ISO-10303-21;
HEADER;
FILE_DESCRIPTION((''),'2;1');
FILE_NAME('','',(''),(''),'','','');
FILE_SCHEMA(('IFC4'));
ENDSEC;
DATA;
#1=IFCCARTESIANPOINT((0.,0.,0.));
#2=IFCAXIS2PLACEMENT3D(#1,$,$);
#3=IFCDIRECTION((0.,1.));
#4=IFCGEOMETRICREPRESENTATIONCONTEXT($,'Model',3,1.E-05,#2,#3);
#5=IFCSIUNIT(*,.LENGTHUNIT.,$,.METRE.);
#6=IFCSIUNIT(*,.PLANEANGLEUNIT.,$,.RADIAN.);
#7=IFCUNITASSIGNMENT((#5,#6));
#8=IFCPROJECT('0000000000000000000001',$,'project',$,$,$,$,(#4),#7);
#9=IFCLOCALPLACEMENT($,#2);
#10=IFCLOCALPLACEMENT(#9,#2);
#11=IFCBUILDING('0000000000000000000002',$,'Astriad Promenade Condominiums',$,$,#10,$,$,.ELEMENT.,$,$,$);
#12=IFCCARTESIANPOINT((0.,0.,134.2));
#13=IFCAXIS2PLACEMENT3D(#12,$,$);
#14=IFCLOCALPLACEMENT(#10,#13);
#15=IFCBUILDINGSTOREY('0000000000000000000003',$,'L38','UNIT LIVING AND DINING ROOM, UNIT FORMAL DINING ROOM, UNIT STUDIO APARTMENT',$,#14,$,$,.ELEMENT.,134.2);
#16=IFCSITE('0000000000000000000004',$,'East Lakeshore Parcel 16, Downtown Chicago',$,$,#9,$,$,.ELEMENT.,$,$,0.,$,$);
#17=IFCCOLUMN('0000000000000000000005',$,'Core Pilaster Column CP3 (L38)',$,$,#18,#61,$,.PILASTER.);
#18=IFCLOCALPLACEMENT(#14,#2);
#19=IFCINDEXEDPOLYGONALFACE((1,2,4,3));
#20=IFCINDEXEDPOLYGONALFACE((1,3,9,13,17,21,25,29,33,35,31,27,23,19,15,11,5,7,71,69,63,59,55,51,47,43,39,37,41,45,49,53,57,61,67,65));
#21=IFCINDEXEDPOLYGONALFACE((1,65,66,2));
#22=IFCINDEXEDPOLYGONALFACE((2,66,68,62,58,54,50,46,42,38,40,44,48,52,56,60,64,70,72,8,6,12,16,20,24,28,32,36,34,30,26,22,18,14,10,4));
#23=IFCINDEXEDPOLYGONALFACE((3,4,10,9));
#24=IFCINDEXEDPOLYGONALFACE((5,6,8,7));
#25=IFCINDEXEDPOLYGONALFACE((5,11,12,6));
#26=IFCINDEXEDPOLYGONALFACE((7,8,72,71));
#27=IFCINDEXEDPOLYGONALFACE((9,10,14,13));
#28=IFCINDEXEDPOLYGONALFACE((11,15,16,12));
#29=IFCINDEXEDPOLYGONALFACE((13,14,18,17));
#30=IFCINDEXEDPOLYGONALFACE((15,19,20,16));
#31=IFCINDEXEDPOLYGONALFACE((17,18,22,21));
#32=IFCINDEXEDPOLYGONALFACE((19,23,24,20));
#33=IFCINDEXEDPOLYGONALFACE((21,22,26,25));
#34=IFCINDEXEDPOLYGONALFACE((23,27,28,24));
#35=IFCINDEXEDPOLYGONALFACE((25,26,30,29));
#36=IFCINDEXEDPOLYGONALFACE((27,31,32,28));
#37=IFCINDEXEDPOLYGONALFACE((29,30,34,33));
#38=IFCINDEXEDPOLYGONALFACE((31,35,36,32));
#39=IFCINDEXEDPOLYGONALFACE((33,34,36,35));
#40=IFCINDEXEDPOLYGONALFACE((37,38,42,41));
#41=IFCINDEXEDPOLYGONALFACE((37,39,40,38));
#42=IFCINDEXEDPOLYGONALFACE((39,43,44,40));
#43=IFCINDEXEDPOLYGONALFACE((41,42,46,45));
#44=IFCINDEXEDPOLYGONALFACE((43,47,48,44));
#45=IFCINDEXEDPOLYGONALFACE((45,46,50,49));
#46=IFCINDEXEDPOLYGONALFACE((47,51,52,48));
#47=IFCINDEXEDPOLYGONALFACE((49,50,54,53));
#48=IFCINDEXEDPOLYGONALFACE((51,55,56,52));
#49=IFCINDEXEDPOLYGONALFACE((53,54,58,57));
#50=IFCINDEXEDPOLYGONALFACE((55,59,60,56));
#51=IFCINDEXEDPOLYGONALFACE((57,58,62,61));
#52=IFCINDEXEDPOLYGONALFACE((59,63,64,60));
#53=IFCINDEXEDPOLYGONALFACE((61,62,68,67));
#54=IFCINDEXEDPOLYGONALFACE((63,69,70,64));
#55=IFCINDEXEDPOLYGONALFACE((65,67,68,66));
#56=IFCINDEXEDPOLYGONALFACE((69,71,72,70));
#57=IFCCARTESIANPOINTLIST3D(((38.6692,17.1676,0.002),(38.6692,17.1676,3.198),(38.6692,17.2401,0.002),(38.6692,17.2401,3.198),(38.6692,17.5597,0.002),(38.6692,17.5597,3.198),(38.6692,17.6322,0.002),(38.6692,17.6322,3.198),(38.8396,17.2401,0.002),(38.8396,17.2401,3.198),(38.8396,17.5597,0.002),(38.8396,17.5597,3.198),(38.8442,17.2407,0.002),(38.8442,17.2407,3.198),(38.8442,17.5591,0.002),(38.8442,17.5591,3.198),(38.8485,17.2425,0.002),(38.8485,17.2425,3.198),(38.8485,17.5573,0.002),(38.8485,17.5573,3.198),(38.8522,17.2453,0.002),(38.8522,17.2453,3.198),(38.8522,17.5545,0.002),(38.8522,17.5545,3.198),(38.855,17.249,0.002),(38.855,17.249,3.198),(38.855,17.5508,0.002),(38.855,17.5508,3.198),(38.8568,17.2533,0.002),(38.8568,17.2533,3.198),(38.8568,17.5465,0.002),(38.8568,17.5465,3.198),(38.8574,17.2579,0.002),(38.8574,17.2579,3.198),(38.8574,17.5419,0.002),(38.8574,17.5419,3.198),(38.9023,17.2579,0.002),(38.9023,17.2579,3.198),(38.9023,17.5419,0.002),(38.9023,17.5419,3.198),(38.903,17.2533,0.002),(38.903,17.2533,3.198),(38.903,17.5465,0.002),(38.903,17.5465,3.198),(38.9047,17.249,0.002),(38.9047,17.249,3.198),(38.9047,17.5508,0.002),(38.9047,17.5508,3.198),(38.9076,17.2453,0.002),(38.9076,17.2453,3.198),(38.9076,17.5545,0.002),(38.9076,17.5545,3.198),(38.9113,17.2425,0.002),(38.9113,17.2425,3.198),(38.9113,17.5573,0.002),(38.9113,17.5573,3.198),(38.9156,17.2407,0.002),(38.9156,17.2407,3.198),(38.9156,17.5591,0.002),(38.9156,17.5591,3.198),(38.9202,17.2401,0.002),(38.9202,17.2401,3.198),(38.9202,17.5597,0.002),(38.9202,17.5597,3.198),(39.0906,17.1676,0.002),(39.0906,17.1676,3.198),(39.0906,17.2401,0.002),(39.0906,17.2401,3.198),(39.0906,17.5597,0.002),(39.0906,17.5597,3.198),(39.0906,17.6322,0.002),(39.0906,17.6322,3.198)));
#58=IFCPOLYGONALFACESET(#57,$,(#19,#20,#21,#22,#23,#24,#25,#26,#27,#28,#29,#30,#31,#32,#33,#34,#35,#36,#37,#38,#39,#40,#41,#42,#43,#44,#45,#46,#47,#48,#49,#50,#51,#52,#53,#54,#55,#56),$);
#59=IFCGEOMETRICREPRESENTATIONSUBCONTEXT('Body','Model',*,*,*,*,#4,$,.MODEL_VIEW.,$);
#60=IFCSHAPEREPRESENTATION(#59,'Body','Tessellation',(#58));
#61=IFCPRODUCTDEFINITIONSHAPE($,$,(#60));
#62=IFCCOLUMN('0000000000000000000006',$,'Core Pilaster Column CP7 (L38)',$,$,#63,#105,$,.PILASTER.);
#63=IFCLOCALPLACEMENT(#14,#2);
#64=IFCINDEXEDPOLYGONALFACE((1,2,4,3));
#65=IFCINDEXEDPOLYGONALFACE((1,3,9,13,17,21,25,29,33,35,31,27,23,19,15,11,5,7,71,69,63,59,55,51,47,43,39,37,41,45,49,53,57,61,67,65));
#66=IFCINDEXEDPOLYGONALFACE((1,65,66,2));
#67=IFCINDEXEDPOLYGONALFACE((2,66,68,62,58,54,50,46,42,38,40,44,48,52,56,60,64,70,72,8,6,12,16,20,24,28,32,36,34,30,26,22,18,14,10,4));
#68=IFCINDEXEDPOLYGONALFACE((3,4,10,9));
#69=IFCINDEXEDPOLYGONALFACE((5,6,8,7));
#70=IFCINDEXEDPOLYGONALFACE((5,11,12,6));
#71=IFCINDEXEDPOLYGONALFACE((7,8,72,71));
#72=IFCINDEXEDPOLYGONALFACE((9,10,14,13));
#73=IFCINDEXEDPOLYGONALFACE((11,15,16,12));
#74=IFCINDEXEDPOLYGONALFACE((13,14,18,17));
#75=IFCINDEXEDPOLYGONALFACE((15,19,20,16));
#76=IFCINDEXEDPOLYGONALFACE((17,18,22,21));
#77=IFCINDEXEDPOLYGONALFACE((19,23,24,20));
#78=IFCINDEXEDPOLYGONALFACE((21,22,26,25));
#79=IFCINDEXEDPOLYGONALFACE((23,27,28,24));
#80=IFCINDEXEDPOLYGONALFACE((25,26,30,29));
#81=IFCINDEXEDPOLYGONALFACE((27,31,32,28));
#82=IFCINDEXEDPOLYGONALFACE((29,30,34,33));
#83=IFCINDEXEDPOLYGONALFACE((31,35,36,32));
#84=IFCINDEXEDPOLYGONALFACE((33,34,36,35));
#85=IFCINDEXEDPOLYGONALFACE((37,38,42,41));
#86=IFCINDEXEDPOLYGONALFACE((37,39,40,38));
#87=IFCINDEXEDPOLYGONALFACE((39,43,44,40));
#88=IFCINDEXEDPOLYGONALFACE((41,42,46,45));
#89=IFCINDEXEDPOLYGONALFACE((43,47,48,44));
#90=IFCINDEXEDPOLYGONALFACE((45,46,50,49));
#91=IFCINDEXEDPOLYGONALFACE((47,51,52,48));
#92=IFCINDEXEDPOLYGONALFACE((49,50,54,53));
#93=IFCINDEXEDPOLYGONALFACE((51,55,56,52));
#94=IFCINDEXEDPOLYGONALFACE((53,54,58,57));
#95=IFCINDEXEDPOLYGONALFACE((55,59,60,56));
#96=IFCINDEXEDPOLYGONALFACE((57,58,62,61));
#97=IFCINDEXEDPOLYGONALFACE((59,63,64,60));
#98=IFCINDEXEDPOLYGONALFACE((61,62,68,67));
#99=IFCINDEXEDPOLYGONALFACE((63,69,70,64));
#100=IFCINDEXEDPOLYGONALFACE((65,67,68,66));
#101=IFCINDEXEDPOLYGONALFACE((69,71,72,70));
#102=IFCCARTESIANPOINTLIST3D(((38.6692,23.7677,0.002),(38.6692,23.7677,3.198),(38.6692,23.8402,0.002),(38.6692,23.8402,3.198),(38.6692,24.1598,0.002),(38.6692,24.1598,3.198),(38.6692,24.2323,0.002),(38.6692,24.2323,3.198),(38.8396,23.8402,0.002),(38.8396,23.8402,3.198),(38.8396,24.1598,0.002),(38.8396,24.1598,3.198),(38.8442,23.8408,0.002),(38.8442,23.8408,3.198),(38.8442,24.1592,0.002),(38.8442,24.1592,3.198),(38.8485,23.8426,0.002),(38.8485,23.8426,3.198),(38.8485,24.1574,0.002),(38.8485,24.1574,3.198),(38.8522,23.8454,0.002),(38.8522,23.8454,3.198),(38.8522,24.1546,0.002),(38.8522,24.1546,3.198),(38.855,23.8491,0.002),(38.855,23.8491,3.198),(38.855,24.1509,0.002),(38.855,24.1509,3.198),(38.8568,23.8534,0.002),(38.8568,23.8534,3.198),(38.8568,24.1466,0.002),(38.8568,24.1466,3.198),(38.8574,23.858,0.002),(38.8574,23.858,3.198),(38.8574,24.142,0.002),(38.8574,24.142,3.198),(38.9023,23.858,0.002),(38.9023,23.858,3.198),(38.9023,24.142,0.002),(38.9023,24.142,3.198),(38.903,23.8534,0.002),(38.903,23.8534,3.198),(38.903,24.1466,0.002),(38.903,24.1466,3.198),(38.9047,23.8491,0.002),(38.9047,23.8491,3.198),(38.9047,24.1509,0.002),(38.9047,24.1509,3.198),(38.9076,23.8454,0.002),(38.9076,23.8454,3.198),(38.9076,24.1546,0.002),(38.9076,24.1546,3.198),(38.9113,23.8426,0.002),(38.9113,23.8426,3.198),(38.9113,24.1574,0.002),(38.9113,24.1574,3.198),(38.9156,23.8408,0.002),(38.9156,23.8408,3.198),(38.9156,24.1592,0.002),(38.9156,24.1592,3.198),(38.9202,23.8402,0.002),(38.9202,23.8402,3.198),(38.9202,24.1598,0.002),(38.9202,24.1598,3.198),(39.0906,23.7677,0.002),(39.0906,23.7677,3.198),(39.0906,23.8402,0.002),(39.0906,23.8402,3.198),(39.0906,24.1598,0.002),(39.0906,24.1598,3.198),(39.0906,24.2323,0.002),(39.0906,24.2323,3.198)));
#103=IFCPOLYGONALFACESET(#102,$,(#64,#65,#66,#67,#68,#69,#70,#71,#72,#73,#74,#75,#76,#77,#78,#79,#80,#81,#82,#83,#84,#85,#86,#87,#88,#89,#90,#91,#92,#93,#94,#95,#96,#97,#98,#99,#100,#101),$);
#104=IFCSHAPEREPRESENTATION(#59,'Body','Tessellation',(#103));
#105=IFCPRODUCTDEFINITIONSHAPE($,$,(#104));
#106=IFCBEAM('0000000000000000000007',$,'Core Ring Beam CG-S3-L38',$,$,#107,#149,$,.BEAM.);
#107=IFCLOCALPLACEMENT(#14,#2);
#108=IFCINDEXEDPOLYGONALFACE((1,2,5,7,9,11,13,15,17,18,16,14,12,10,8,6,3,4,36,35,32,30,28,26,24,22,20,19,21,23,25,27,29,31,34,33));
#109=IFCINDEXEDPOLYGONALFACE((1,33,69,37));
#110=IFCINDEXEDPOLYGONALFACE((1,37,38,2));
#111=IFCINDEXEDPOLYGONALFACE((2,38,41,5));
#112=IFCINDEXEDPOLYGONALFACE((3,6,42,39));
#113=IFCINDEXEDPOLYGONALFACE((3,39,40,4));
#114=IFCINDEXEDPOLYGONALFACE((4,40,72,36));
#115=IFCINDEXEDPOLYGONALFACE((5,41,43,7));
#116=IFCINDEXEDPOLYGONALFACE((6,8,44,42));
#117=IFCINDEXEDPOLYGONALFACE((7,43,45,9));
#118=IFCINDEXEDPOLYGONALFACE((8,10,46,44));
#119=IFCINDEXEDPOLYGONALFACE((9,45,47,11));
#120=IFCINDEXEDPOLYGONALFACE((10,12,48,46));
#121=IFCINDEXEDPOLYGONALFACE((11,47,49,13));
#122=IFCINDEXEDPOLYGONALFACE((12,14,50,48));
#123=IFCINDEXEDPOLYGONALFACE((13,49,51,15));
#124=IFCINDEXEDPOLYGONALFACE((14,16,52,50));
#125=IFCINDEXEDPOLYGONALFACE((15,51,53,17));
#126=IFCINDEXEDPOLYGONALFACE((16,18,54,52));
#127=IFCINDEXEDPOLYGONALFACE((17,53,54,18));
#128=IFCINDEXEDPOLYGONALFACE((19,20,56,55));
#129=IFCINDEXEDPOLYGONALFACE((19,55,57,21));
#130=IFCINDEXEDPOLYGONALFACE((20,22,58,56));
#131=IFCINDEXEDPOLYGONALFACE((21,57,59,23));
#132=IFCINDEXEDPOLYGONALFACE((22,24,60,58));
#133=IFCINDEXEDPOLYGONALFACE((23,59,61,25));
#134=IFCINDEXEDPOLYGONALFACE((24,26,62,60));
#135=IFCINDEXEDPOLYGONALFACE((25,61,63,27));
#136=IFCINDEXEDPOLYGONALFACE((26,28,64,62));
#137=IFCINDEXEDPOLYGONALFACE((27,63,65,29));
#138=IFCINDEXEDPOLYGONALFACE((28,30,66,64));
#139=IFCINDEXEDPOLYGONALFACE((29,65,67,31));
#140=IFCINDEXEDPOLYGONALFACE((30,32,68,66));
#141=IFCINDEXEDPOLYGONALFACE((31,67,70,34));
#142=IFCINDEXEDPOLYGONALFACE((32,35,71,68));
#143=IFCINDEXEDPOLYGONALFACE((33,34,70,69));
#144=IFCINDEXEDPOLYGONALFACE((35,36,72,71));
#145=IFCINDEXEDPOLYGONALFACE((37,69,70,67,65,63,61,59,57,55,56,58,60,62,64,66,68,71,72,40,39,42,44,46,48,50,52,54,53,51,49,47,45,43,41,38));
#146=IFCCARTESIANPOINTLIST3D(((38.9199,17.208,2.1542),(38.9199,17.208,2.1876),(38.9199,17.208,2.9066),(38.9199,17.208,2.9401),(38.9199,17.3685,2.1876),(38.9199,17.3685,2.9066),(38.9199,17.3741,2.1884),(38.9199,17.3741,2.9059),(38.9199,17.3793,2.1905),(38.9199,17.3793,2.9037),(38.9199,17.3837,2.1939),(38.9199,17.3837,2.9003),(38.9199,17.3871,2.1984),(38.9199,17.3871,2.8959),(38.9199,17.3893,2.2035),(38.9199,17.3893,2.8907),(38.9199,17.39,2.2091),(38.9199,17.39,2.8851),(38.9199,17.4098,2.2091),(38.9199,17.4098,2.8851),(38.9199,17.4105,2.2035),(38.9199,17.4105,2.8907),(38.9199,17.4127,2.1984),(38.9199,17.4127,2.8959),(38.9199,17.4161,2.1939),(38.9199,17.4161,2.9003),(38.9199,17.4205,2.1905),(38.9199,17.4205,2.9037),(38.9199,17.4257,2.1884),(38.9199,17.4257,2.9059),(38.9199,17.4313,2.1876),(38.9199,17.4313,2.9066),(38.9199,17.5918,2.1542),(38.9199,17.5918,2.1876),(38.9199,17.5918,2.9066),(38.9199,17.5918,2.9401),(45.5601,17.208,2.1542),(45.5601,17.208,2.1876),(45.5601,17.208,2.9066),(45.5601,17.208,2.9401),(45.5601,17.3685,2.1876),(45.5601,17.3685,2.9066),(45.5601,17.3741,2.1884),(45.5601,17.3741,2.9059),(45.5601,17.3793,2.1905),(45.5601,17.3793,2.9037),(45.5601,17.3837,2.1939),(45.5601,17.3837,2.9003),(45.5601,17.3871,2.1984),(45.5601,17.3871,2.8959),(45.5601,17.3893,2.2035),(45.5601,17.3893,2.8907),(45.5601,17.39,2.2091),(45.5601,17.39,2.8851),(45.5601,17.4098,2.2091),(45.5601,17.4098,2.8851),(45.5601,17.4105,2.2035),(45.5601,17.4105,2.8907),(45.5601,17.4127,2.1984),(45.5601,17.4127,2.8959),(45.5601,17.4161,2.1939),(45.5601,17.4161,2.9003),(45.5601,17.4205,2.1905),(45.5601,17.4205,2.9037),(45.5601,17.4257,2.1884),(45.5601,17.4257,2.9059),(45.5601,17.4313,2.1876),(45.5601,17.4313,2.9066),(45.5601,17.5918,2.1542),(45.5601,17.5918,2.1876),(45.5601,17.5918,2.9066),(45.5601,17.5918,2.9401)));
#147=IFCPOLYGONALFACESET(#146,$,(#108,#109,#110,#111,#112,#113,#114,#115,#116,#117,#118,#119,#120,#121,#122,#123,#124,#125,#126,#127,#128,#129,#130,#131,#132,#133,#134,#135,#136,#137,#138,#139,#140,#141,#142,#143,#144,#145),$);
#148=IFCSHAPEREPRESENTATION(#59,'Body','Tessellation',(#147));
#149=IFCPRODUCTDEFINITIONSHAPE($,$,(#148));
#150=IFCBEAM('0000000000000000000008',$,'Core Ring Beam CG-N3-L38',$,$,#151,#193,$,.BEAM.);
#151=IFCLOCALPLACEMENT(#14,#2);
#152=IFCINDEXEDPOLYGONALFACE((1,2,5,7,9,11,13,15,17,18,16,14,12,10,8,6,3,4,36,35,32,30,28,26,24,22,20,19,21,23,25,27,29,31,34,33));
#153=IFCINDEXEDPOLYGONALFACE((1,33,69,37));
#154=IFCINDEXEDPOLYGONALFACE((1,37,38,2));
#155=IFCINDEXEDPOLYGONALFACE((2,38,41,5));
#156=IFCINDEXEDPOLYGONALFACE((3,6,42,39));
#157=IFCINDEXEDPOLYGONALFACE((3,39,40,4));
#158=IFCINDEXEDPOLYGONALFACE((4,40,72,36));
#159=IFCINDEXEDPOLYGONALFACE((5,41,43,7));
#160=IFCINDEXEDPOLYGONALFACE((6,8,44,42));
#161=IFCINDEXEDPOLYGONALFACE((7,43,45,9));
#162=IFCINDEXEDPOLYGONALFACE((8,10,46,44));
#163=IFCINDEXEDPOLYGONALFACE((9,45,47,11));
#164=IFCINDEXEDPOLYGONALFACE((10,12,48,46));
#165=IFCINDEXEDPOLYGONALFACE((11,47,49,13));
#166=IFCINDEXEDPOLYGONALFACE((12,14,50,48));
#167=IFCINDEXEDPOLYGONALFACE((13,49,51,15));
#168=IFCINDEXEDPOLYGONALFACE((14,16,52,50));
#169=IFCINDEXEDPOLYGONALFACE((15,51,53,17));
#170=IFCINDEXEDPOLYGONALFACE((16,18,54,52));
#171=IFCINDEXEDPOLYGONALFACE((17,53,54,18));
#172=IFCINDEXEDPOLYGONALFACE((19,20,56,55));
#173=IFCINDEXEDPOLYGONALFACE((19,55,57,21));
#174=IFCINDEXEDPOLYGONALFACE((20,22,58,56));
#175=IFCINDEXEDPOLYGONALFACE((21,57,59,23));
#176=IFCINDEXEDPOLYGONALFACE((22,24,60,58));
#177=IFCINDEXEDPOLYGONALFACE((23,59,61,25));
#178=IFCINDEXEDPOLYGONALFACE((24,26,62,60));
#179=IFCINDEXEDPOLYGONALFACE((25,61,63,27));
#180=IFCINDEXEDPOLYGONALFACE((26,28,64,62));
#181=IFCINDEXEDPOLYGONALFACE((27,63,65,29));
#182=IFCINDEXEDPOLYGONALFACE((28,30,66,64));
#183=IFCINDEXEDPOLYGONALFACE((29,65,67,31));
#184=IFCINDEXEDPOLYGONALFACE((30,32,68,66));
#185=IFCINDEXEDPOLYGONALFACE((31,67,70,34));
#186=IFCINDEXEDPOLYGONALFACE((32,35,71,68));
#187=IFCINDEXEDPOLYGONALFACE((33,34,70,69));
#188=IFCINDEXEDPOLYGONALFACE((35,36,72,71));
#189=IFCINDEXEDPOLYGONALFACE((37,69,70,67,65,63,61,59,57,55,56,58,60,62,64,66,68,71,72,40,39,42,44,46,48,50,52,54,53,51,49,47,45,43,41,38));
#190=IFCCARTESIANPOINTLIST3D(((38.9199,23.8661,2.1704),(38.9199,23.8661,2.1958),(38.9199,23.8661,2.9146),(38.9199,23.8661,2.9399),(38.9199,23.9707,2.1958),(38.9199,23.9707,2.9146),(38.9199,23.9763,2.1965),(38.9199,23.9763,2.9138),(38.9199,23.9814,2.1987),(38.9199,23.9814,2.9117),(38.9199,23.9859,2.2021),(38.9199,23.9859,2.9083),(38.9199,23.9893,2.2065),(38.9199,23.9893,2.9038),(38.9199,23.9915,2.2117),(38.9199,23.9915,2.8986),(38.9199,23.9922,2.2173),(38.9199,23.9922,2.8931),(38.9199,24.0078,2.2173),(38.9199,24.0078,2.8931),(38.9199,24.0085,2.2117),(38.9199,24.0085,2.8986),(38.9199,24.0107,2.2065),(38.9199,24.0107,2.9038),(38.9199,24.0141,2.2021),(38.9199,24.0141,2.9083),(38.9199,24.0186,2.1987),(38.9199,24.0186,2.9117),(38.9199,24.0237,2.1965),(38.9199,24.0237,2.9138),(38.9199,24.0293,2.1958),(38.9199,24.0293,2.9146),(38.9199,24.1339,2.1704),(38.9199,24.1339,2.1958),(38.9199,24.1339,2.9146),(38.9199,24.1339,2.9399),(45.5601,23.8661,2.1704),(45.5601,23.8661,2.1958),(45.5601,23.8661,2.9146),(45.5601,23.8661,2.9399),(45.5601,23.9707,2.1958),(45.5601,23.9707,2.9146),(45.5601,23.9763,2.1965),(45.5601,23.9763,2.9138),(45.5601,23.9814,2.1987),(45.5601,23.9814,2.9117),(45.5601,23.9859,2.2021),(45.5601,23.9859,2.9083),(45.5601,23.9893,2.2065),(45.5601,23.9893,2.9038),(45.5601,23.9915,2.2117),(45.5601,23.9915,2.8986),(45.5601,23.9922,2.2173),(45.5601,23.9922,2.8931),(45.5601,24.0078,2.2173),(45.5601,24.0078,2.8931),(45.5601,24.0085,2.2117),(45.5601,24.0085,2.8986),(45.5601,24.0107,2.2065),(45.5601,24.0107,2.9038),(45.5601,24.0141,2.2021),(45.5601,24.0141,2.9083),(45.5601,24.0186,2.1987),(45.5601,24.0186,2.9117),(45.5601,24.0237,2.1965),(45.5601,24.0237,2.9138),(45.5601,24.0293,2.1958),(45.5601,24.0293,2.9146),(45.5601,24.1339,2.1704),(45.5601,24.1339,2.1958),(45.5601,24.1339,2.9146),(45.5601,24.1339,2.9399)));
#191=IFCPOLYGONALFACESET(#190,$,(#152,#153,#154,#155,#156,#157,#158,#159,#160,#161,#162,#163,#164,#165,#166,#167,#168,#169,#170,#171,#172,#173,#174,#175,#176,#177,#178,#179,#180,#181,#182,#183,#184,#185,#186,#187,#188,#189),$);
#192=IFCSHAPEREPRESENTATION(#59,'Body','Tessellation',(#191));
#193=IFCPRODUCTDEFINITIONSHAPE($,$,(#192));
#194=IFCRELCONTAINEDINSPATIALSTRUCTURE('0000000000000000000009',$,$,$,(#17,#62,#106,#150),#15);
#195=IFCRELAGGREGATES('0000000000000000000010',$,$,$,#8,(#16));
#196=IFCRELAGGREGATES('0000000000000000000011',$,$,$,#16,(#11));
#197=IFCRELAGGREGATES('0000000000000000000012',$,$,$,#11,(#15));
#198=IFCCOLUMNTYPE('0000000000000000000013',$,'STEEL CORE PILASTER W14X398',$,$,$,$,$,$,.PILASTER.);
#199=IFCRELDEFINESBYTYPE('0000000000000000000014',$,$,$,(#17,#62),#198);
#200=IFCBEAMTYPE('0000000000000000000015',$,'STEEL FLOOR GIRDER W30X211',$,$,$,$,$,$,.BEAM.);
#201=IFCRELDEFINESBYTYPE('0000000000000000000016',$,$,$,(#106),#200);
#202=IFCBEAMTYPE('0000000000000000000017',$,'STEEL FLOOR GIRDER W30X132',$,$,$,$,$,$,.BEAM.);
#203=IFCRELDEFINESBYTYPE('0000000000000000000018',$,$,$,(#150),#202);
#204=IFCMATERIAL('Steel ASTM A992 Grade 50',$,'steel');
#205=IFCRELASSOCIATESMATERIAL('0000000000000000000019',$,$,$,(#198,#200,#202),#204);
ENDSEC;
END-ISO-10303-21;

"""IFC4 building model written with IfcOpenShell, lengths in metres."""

from ifc_helpers import new_model, si_unit, direction, frame, origin, origin_2d, place, context, subcontext, project, spatial, i_section, extrude, source, transform, mapped, material, material_profile, profile_set, type_object, type_shapes, element, save


model = new_model("IFC4")

# Units and contexts
model_context = context("Model", 3, precision=1e-05, world=origin(), true_north=direction((0.0, 1.0)))
body_context = subcontext(model_context, "Body", "Model", "MODEL_VIEW")
ifc_project = project(units=[si_unit("LENGTHUNIT", "METRE"), si_unit("PLANEANGLEUNIT", "RADIAN")], contexts=[model_context])

# Site, building, storey
site_placement = place(None, origin())
site = spatial("IfcSite", under=ifc_project, at=site_placement, Name="East Lakeshore Parcel 16, Downtown Chicago", CompositionType="ELEMENT", RefElevation=0.0)
building_placement = place(site_placement, origin())
building = spatial("IfcBuilding", under=site, at=building_placement, Name="Astriad Promenade Condominiums", CompositionType="ELEMENT")
storey_placement = place(building_placement, frame((0.0, 0.0, 134.2)))
storey = spatial("IfcBuildingStorey", under=building, at=storey_placement, Name="L38", Description="UNIT LIVING AND DINING ROOM, UNIT FORMAL DINING ROOM, UNIT STUDIO APARTMENT", CompositionType="ELEMENT", Elevation=134.2)

# Columns
ifc_material_1 = material(Name="Steel ASTM A992 Grade 50", Category="steel")
ifc_material_profile_1 = material_profile(ifc_material_1, i_section(OverallWidth=0.4214, OverallDepth=0.4646, WebThickness=0.0449, FlangeThickness=0.0725, FilletRadius=0.0178, at=origin_2d()), Name="W14X398")
ifc_profile_set_1 = profile_set([ifc_material_profile_1], Name="Steel ASTM A992 Grade 50")
column_type = type_object("IfcColumnType", Name="STEEL CORE PILASTER W14X398", PredefinedType="PILASTER", material=ifc_profile_set_1)
shared_shape_1 = source(origin(), body_context, "Body", "SweptSolid", [
    extrude(i_section(OverallWidth=0.4214, OverallDepth=0.4646, WebThickness=0.0449, FlangeThickness=0.0725, FilletRadius=0.0178, at=origin_2d()), origin(), (0.0, 0.0, 1.0), 3.196),
])
type_shapes(column_type, [shared_shape_1])
for number, where, z_axis, x_axis, name in (
    (1, (38.8799, 17.3999, 0.002), (0.0, 0.0, 1.0), (1.0, 0.0, 0.0), "Core Pilaster Column CP3 (L38)"),
    (2, (38.8799, 24.0, 0.002), (0.0, 0.0, 1.0), (1.0, 0.0, 0.0), "Core Pilaster Column CP7 (L38)"),
):
    element("IfcColumn", number, at=place(storey_placement, frame(where, z_axis=z_axis, x_axis=x_axis)), inside=storey, type_object=column_type, Name=name, PredefinedType="PILASTER", context=body_context, shape_type="MappedRepresentation", body=[
        mapped(shared_shape_1, transform((0.0, 0.0, 0.0), scale=1.0)),
    ])

# Beams
ifc_material_profile_2 = material_profile(ifc_material_1, i_section(OverallWidth=0.3838, OverallDepth=0.7859, WebThickness=0.0198, FlangeThickness=0.0334, FilletRadius=0.0215, at=origin_2d()), Name="W30X211")
ifc_profile_set_2 = profile_set([ifc_material_profile_2], Name="Steel ASTM A992 Grade 50")
beam_type_1 = type_object("IfcBeamType", Name="STEEL FLOOR GIRDER W30X211", PredefinedType="BEAM", material=ifc_profile_set_2)
shared_shape_2 = source(origin(), body_context, "Body", "SweptSolid", [
    extrude(i_section(OverallWidth=0.3838, OverallDepth=0.7859, WebThickness=0.0198, FlangeThickness=0.0334, FilletRadius=0.0215, at=origin_2d()), origin(), (0.0, 0.0, 1.0), 6.6401),
])
type_shapes(beam_type_1, [shared_shape_2])
beam_1_placement = place(storey_placement, frame((38.9199, 17.3999, 2.5471), z_axis=(1.0, 0.0, 0.0), x_axis=(0.0, 1.0, 0.0)))
element("IfcBeam", 3, at=beam_1_placement, inside=storey, type_object=beam_type_1, Name="Core Ring Beam CG-S3-L38", PredefinedType="BEAM", context=body_context, shape_type="MappedRepresentation", body=[
    mapped(shared_shape_2, transform((0.0, 0.0, 0.0), scale=1.0)),
])
ifc_material_profile_3 = material_profile(ifc_material_1, i_section(OverallWidth=0.2678, OverallDepth=0.7695, WebThickness=0.0156, FlangeThickness=0.0254, FilletRadius=0.0215, at=origin_2d()), Name="W30X132")
ifc_profile_set_3 = profile_set([ifc_material_profile_3], Name="Steel ASTM A992 Grade 50")
beam_type_2 = type_object("IfcBeamType", Name="STEEL FLOOR GIRDER W30X132", PredefinedType="BEAM", material=ifc_profile_set_3)
shared_shape_3 = source(origin(), body_context, "Body", "SweptSolid", [
    extrude(i_section(OverallWidth=0.2678, OverallDepth=0.7695, WebThickness=0.0156, FlangeThickness=0.0254, FilletRadius=0.0215, at=origin_2d()), origin(), (0.0, 0.0, 1.0), 6.6401),
])
type_shapes(beam_type_2, [shared_shape_3])
beam_2_placement = place(storey_placement, frame((38.9199, 24.0, 2.5552), z_axis=(1.0, 0.0, 0.0), x_axis=(0.0, 1.0, 0.0)))
element("IfcBeam", 4, at=beam_2_placement, inside=storey, type_object=beam_type_2, Name="Core Ring Beam CG-N3-L38", PredefinedType="BEAM", context=body_context, shape_type="MappedRepresentation", body=[
    mapped(shared_shape_3, transform((0.0, 0.0, 0.0), scale=1.0)),
])

save(model, "model.ifc")
